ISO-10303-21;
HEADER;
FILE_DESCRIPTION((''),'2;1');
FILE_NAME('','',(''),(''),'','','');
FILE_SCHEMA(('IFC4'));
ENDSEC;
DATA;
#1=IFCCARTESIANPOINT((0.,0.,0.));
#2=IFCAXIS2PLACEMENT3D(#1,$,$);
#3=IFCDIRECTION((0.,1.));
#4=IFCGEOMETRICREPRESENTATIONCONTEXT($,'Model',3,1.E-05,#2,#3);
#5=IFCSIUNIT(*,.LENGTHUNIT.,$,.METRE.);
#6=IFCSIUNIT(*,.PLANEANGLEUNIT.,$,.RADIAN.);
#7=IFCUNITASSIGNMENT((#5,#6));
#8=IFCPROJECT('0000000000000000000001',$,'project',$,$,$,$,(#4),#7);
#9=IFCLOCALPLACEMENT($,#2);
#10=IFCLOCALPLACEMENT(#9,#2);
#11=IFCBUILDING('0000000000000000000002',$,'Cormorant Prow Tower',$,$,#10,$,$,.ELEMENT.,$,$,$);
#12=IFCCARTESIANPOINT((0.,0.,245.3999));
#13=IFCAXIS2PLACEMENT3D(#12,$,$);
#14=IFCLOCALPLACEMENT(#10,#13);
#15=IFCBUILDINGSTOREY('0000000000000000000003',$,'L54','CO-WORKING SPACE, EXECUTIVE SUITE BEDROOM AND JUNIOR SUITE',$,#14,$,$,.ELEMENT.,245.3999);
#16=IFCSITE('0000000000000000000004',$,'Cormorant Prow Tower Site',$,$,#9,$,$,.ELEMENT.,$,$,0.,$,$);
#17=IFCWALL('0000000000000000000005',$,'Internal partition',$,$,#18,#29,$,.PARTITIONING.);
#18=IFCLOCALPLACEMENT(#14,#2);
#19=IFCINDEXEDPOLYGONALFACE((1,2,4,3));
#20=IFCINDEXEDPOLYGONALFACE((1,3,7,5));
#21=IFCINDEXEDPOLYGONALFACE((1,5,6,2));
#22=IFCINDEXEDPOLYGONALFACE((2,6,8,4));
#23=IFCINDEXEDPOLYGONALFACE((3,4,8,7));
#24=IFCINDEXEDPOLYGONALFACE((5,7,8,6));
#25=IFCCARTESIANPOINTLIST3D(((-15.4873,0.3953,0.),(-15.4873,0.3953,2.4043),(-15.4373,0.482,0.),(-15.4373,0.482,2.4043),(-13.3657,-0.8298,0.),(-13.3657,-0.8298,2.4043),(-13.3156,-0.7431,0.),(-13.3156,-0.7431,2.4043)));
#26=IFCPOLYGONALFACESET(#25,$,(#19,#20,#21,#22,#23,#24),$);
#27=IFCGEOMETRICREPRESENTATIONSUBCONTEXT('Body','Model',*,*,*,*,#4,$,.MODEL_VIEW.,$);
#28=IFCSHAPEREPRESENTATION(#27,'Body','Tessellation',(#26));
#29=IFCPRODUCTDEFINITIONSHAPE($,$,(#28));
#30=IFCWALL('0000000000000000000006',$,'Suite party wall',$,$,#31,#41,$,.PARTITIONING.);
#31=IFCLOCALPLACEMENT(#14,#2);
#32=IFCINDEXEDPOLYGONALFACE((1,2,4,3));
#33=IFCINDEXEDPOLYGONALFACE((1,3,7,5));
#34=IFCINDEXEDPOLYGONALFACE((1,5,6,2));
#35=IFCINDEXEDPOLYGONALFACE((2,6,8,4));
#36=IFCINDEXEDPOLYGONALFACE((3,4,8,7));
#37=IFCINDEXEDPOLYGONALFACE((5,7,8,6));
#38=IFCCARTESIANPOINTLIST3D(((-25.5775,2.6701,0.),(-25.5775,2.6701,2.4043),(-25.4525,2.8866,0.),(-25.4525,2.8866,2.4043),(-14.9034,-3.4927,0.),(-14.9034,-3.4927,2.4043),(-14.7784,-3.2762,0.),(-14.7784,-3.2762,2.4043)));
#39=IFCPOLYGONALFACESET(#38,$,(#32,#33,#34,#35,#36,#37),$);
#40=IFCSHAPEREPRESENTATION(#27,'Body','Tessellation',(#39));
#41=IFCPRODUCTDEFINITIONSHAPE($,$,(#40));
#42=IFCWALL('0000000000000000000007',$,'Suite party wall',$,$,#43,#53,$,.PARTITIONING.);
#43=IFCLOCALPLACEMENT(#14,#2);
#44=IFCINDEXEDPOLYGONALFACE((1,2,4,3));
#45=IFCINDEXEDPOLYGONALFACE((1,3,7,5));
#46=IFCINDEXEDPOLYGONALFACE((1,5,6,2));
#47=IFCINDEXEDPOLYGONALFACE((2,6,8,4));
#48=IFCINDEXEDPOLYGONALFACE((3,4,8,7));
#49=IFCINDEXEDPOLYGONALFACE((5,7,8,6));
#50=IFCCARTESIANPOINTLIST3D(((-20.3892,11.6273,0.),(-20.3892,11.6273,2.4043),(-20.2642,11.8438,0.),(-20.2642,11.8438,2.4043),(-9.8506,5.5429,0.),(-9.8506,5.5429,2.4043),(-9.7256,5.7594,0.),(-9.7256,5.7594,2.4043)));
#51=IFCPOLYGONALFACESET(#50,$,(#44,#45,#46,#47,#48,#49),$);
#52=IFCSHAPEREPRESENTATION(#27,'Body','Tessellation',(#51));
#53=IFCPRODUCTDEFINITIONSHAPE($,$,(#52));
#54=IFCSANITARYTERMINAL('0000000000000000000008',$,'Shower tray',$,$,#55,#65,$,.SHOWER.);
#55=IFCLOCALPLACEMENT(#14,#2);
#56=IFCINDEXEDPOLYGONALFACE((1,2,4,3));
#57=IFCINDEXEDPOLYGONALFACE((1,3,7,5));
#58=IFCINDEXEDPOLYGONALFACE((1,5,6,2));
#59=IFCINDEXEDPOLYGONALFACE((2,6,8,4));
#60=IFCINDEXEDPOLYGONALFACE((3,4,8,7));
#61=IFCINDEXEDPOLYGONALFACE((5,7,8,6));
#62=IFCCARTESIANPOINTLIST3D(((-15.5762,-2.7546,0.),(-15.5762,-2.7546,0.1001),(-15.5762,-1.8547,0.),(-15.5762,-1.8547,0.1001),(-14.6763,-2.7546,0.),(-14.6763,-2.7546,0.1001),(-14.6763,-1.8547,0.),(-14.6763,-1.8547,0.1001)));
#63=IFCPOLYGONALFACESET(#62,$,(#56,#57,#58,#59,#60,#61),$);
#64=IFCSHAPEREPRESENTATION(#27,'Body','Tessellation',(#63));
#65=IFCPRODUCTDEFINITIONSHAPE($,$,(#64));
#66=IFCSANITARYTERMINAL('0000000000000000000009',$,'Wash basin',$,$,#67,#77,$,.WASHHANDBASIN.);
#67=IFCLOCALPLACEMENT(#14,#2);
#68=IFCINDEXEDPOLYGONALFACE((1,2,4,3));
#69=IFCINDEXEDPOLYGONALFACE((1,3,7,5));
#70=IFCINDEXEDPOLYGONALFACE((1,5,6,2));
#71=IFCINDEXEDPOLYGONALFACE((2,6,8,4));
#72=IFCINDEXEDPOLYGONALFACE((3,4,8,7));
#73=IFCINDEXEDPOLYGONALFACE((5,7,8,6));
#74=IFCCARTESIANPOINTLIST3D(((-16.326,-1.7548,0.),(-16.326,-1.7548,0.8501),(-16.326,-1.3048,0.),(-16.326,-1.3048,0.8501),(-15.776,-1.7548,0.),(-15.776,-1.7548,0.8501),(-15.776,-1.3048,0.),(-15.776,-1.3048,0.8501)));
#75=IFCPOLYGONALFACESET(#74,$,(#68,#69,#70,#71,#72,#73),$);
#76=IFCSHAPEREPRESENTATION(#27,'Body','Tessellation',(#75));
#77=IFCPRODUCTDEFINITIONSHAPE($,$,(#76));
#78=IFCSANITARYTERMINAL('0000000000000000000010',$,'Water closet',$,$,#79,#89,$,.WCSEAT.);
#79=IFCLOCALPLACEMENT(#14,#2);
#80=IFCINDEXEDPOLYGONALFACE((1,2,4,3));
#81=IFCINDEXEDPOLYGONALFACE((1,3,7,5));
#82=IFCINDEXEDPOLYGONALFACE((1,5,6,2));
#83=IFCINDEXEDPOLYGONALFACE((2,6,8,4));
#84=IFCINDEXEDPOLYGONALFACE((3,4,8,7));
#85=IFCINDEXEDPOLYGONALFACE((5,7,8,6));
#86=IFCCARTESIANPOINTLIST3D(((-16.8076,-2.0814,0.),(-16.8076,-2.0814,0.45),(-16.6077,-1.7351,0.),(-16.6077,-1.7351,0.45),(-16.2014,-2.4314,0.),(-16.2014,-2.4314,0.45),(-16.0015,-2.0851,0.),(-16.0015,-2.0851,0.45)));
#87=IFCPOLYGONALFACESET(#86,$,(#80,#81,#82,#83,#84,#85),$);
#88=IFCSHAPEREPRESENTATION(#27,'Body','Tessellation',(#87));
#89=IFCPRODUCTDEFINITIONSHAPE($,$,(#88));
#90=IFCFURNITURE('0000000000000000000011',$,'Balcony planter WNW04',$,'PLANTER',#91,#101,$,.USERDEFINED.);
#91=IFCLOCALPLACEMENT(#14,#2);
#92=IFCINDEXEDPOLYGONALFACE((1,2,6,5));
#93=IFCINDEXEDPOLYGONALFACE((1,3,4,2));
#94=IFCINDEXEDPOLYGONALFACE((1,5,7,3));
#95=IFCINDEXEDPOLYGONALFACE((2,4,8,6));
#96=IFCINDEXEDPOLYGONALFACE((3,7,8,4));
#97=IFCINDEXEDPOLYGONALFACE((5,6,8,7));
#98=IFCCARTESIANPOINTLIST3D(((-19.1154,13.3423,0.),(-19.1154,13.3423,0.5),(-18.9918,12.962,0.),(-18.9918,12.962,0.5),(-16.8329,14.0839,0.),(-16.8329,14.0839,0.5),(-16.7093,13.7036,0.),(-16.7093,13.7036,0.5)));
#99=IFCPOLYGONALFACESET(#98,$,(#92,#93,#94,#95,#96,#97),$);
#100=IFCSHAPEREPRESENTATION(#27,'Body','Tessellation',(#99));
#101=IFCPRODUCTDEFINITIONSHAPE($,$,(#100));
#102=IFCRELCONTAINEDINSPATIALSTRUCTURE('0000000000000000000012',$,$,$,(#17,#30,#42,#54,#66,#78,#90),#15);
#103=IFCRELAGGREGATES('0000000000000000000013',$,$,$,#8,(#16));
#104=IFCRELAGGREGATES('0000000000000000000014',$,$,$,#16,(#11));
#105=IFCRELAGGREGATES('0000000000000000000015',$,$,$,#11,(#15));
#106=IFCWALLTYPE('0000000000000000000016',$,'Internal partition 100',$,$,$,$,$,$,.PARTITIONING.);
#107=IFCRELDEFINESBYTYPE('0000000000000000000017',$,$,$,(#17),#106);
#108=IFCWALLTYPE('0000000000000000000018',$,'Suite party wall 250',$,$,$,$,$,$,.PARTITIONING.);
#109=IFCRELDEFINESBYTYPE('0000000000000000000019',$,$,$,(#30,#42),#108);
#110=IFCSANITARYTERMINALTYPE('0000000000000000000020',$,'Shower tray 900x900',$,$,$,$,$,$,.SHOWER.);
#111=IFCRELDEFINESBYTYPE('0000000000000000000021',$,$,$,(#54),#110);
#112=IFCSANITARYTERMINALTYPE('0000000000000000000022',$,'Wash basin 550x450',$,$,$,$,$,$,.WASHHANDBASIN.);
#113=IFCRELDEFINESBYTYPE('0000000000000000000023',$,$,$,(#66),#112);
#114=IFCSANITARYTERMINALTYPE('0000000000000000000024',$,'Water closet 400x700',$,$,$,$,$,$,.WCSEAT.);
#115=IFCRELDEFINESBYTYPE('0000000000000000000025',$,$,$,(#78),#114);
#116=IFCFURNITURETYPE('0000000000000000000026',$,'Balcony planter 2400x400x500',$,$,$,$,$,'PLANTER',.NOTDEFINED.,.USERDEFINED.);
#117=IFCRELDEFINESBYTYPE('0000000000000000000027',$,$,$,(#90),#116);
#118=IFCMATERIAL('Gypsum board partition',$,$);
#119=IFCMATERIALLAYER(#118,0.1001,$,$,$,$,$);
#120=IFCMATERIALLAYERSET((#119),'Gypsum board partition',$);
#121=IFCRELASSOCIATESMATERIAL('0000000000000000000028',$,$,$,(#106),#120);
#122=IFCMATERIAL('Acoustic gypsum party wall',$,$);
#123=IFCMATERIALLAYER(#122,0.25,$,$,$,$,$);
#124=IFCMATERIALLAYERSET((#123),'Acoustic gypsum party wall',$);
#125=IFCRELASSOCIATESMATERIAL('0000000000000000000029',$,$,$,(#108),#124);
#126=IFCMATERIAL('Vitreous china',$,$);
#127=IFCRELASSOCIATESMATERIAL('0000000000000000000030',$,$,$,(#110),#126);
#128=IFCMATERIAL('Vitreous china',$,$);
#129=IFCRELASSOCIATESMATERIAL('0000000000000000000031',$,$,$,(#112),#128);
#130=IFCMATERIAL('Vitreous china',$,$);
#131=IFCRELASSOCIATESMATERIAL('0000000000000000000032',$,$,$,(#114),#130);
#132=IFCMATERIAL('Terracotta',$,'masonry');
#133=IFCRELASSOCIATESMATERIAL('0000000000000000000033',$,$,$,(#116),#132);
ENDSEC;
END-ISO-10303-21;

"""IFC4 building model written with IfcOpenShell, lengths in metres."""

from ifc_helpers import new_model, si_unit, direction, frame, frame_2d, origin, origin_2d, place, context, subcontext, project, spatial, rectangle, extrude, material, layer, layer_set, type_object, element, save


model = new_model("IFC4")

# Units and contexts
model_context = context("Model", 3, precision=1e-05, world=origin(), true_north=direction((0.0, 1.0)))
body_context = subcontext(model_context, "Body", "Model", "MODEL_VIEW")
ifc_project = project(units=[si_unit("LENGTHUNIT", "METRE"), si_unit("PLANEANGLEUNIT", "RADIAN")], contexts=[model_context])

# Site, building, storey
site_placement = place(None, origin())
site = spatial("IfcSite", under=ifc_project, at=site_placement, Name="Cormorant Prow Tower Site", CompositionType="ELEMENT", RefElevation=0.0)
building_placement = place(site_placement, origin())
building = spatial("IfcBuilding", under=site, at=building_placement, Name="Cormorant Prow Tower", CompositionType="ELEMENT")
storey_placement = place(building_placement, frame((0.0, 0.0, 245.3999)))
storey = spatial("IfcBuildingStorey", under=building, at=storey_placement, Name="L54", Description="CO-WORKING SPACE, EXECUTIVE SUITE BEDROOM AND JUNIOR SUITE", CompositionType="ELEMENT", Elevation=245.3999)

# Walls
ifc_material_1 = material(Name="Gypsum board partition")
ifc_layer_1 = layer(ifc_material_1, 0.1001)
ifc_layer_set_1 = layer_set([ifc_layer_1], Name="Gypsum board partition")
wall_type_1 = type_object("IfcWallType", Name="Internal partition 100", PredefinedType="PARTITIONING", material=ifc_layer_set_1)
wall_1_placement = place(storey_placement, frame((-15.4624, 0.4387, 0.0), z_axis=(0.0, 0.0, 1.0), x_axis=(0.86599, -0.500062, 0.0)))
element("IfcWall", 1, at=wall_1_placement, inside=storey, type_object=wall_type_1, Name="Internal partition", PredefinedType="PARTITIONING", context=body_context, shape_type="SweptSolid", body=[
    extrude(rectangle(XDim=2.45, YDim=0.1001, at=frame_2d((1.2251, 0.0))), origin(), (0.0, 0.0, 1.0), 2.4043),
])
ifc_material_2 = material(Name="Acoustic gypsum party wall")
ifc_layer_2 = layer(ifc_material_2, 0.25)
ifc_layer_set_2 = layer_set([ifc_layer_2], Name="Acoustic gypsum party wall")
wall_type_2 = type_object("IfcWallType", Name="Suite party wall 250", PredefinedType="PARTITIONING", material=ifc_layer_set_2)
wall_2_placement = place(storey_placement, frame((-25.5149, 2.7783, 0.0), z_axis=(0.0, 0.0, 1.0), x_axis=(0.86602, -0.50001, 0.0)))
element("IfcWall", 2, at=wall_2_placement, inside=storey, type_object=wall_type_2, Name="Suite party wall", PredefinedType="PARTITIONING", context=body_context, shape_type="SweptSolid", body=[
    extrude(rectangle(XDim=12.3254, YDim=0.25, at=frame_2d((6.1626, 0.0))), origin(), (0.0, 0.0, 1.0), 2.4043),
])
wall_3_placement = place(storey_placement, frame((-20.3267, 11.7356, 0.0), z_axis=(0.0, 0.0, 1.0), x_axis=(0.866025, -0.500001, 0.0)))
element("IfcWall", 3, at=wall_3_placement, inside=storey, type_object=wall_type_2, Name="Suite party wall", PredefinedType="PARTITIONING", context=body_context, shape_type="SweptSolid", body=[
    extrude(rectangle(XDim=12.1689, YDim=0.25, at=frame_2d((6.0845, 0.0))), origin(), (0.0, 0.0, 1.0), 2.4043),
])

# Sanitary terminals
ifc_material_3 = material(Name="Vitreous china")
sanitary_terminal_type_1 = type_object("IfcSanitaryTerminalType", Name="Shower tray 900x900", PredefinedType="SHOWER", material=ifc_material_3)
sanitary_terminal_1_placement = place(storey_placement, frame((-15.1262, -2.3047, 0.0), z_axis=(0.0, 0.0, 1.0), x_axis=(1.0, 0.0, 0.0)))
element("IfcSanitaryTerminal", 4, at=sanitary_terminal_1_placement, inside=storey, type_object=sanitary_terminal_type_1, Name="Shower tray", PredefinedType="SHOWER", context=body_context, shape_type="SweptSolid", body=[
    extrude(rectangle(XDim=0.8999, YDim=0.8999, at=origin_2d()), origin(), (0.0, 0.0, 1.0), 0.1001),
])
ifc_material_4 = material(Name="Vitreous china")
sanitary_terminal_type_2 = type_object("IfcSanitaryTerminalType", Name="Wash basin 550x450", PredefinedType="WASHHANDBASIN", material=ifc_material_4)
sanitary_terminal_2_placement = place(storey_placement, frame((-16.051, -1.5298, 0.0), z_axis=(0.0, 0.0, 1.0), x_axis=(1.0, 0.0, 0.0)))
element("IfcSanitaryTerminal", 5, at=sanitary_terminal_2_placement, inside=storey, type_object=sanitary_terminal_type_2, Name="Wash basin", PredefinedType="WASHHANDBASIN", context=body_context, shape_type="SweptSolid", body=[
    extrude(rectangle(XDim=0.55, YDim=0.45, at=origin_2d()), origin(), (0.0, 0.0, 1.0), 0.8501),
])
ifc_material_5 = material(Name="Vitreous china")
sanitary_terminal_type_3 = type_object("IfcSanitaryTerminalType", Name="Water closet 400x700", PredefinedType="WCSEAT", material=ifc_material_5)
sanitary_terminal_3_placement = place(storey_placement, frame((-16.4045, -2.0833, 0.0), z_axis=(0.0, 0.0, 1.0), x_axis=(0.5, 0.866025, 0.0)))
element("IfcSanitaryTerminal", 6, at=sanitary_terminal_3_placement, inside=storey, type_object=sanitary_terminal_type_3, Name="Water closet", PredefinedType="WCSEAT", context=body_context, shape_type="SweptSolid", body=[
    extrude(rectangle(XDim=0.3999, YDim=0.7, at=origin_2d()), origin(), (0.0, 0.0, 1.0), 0.45),
])

# Furniture
ifc_material_6 = material(Name="Terracotta", Category="masonry")
furniture_type = type_object("IfcFurnitureType", Name="Balcony planter 2400x400x500", ElementType="PLANTER", AssemblyPlace="NOTDEFINED", PredefinedType="USERDEFINED", material=ifc_material_6)
furniture_placement = place(storey_placement, frame((-17.9124, 13.5229, 0.0), z_axis=(0.0, 0.0, 1.0), x_axis=(-0.951057, -0.309017, 0.0)))
element("IfcFurniture", 7, at=furniture_placement, inside=storey, type_object=furniture_type, Name="Balcony planter WNW04", ObjectType="PLANTER", PredefinedType="USERDEFINED", context=body_context, shape_type="SweptSolid", body=[
    extrude(rectangle(XDim=2.3999, YDim=0.3999, at=origin_2d()), origin(), (0.0, 0.0, 1.0), 0.5),
])

save(model, "model.ifc")
